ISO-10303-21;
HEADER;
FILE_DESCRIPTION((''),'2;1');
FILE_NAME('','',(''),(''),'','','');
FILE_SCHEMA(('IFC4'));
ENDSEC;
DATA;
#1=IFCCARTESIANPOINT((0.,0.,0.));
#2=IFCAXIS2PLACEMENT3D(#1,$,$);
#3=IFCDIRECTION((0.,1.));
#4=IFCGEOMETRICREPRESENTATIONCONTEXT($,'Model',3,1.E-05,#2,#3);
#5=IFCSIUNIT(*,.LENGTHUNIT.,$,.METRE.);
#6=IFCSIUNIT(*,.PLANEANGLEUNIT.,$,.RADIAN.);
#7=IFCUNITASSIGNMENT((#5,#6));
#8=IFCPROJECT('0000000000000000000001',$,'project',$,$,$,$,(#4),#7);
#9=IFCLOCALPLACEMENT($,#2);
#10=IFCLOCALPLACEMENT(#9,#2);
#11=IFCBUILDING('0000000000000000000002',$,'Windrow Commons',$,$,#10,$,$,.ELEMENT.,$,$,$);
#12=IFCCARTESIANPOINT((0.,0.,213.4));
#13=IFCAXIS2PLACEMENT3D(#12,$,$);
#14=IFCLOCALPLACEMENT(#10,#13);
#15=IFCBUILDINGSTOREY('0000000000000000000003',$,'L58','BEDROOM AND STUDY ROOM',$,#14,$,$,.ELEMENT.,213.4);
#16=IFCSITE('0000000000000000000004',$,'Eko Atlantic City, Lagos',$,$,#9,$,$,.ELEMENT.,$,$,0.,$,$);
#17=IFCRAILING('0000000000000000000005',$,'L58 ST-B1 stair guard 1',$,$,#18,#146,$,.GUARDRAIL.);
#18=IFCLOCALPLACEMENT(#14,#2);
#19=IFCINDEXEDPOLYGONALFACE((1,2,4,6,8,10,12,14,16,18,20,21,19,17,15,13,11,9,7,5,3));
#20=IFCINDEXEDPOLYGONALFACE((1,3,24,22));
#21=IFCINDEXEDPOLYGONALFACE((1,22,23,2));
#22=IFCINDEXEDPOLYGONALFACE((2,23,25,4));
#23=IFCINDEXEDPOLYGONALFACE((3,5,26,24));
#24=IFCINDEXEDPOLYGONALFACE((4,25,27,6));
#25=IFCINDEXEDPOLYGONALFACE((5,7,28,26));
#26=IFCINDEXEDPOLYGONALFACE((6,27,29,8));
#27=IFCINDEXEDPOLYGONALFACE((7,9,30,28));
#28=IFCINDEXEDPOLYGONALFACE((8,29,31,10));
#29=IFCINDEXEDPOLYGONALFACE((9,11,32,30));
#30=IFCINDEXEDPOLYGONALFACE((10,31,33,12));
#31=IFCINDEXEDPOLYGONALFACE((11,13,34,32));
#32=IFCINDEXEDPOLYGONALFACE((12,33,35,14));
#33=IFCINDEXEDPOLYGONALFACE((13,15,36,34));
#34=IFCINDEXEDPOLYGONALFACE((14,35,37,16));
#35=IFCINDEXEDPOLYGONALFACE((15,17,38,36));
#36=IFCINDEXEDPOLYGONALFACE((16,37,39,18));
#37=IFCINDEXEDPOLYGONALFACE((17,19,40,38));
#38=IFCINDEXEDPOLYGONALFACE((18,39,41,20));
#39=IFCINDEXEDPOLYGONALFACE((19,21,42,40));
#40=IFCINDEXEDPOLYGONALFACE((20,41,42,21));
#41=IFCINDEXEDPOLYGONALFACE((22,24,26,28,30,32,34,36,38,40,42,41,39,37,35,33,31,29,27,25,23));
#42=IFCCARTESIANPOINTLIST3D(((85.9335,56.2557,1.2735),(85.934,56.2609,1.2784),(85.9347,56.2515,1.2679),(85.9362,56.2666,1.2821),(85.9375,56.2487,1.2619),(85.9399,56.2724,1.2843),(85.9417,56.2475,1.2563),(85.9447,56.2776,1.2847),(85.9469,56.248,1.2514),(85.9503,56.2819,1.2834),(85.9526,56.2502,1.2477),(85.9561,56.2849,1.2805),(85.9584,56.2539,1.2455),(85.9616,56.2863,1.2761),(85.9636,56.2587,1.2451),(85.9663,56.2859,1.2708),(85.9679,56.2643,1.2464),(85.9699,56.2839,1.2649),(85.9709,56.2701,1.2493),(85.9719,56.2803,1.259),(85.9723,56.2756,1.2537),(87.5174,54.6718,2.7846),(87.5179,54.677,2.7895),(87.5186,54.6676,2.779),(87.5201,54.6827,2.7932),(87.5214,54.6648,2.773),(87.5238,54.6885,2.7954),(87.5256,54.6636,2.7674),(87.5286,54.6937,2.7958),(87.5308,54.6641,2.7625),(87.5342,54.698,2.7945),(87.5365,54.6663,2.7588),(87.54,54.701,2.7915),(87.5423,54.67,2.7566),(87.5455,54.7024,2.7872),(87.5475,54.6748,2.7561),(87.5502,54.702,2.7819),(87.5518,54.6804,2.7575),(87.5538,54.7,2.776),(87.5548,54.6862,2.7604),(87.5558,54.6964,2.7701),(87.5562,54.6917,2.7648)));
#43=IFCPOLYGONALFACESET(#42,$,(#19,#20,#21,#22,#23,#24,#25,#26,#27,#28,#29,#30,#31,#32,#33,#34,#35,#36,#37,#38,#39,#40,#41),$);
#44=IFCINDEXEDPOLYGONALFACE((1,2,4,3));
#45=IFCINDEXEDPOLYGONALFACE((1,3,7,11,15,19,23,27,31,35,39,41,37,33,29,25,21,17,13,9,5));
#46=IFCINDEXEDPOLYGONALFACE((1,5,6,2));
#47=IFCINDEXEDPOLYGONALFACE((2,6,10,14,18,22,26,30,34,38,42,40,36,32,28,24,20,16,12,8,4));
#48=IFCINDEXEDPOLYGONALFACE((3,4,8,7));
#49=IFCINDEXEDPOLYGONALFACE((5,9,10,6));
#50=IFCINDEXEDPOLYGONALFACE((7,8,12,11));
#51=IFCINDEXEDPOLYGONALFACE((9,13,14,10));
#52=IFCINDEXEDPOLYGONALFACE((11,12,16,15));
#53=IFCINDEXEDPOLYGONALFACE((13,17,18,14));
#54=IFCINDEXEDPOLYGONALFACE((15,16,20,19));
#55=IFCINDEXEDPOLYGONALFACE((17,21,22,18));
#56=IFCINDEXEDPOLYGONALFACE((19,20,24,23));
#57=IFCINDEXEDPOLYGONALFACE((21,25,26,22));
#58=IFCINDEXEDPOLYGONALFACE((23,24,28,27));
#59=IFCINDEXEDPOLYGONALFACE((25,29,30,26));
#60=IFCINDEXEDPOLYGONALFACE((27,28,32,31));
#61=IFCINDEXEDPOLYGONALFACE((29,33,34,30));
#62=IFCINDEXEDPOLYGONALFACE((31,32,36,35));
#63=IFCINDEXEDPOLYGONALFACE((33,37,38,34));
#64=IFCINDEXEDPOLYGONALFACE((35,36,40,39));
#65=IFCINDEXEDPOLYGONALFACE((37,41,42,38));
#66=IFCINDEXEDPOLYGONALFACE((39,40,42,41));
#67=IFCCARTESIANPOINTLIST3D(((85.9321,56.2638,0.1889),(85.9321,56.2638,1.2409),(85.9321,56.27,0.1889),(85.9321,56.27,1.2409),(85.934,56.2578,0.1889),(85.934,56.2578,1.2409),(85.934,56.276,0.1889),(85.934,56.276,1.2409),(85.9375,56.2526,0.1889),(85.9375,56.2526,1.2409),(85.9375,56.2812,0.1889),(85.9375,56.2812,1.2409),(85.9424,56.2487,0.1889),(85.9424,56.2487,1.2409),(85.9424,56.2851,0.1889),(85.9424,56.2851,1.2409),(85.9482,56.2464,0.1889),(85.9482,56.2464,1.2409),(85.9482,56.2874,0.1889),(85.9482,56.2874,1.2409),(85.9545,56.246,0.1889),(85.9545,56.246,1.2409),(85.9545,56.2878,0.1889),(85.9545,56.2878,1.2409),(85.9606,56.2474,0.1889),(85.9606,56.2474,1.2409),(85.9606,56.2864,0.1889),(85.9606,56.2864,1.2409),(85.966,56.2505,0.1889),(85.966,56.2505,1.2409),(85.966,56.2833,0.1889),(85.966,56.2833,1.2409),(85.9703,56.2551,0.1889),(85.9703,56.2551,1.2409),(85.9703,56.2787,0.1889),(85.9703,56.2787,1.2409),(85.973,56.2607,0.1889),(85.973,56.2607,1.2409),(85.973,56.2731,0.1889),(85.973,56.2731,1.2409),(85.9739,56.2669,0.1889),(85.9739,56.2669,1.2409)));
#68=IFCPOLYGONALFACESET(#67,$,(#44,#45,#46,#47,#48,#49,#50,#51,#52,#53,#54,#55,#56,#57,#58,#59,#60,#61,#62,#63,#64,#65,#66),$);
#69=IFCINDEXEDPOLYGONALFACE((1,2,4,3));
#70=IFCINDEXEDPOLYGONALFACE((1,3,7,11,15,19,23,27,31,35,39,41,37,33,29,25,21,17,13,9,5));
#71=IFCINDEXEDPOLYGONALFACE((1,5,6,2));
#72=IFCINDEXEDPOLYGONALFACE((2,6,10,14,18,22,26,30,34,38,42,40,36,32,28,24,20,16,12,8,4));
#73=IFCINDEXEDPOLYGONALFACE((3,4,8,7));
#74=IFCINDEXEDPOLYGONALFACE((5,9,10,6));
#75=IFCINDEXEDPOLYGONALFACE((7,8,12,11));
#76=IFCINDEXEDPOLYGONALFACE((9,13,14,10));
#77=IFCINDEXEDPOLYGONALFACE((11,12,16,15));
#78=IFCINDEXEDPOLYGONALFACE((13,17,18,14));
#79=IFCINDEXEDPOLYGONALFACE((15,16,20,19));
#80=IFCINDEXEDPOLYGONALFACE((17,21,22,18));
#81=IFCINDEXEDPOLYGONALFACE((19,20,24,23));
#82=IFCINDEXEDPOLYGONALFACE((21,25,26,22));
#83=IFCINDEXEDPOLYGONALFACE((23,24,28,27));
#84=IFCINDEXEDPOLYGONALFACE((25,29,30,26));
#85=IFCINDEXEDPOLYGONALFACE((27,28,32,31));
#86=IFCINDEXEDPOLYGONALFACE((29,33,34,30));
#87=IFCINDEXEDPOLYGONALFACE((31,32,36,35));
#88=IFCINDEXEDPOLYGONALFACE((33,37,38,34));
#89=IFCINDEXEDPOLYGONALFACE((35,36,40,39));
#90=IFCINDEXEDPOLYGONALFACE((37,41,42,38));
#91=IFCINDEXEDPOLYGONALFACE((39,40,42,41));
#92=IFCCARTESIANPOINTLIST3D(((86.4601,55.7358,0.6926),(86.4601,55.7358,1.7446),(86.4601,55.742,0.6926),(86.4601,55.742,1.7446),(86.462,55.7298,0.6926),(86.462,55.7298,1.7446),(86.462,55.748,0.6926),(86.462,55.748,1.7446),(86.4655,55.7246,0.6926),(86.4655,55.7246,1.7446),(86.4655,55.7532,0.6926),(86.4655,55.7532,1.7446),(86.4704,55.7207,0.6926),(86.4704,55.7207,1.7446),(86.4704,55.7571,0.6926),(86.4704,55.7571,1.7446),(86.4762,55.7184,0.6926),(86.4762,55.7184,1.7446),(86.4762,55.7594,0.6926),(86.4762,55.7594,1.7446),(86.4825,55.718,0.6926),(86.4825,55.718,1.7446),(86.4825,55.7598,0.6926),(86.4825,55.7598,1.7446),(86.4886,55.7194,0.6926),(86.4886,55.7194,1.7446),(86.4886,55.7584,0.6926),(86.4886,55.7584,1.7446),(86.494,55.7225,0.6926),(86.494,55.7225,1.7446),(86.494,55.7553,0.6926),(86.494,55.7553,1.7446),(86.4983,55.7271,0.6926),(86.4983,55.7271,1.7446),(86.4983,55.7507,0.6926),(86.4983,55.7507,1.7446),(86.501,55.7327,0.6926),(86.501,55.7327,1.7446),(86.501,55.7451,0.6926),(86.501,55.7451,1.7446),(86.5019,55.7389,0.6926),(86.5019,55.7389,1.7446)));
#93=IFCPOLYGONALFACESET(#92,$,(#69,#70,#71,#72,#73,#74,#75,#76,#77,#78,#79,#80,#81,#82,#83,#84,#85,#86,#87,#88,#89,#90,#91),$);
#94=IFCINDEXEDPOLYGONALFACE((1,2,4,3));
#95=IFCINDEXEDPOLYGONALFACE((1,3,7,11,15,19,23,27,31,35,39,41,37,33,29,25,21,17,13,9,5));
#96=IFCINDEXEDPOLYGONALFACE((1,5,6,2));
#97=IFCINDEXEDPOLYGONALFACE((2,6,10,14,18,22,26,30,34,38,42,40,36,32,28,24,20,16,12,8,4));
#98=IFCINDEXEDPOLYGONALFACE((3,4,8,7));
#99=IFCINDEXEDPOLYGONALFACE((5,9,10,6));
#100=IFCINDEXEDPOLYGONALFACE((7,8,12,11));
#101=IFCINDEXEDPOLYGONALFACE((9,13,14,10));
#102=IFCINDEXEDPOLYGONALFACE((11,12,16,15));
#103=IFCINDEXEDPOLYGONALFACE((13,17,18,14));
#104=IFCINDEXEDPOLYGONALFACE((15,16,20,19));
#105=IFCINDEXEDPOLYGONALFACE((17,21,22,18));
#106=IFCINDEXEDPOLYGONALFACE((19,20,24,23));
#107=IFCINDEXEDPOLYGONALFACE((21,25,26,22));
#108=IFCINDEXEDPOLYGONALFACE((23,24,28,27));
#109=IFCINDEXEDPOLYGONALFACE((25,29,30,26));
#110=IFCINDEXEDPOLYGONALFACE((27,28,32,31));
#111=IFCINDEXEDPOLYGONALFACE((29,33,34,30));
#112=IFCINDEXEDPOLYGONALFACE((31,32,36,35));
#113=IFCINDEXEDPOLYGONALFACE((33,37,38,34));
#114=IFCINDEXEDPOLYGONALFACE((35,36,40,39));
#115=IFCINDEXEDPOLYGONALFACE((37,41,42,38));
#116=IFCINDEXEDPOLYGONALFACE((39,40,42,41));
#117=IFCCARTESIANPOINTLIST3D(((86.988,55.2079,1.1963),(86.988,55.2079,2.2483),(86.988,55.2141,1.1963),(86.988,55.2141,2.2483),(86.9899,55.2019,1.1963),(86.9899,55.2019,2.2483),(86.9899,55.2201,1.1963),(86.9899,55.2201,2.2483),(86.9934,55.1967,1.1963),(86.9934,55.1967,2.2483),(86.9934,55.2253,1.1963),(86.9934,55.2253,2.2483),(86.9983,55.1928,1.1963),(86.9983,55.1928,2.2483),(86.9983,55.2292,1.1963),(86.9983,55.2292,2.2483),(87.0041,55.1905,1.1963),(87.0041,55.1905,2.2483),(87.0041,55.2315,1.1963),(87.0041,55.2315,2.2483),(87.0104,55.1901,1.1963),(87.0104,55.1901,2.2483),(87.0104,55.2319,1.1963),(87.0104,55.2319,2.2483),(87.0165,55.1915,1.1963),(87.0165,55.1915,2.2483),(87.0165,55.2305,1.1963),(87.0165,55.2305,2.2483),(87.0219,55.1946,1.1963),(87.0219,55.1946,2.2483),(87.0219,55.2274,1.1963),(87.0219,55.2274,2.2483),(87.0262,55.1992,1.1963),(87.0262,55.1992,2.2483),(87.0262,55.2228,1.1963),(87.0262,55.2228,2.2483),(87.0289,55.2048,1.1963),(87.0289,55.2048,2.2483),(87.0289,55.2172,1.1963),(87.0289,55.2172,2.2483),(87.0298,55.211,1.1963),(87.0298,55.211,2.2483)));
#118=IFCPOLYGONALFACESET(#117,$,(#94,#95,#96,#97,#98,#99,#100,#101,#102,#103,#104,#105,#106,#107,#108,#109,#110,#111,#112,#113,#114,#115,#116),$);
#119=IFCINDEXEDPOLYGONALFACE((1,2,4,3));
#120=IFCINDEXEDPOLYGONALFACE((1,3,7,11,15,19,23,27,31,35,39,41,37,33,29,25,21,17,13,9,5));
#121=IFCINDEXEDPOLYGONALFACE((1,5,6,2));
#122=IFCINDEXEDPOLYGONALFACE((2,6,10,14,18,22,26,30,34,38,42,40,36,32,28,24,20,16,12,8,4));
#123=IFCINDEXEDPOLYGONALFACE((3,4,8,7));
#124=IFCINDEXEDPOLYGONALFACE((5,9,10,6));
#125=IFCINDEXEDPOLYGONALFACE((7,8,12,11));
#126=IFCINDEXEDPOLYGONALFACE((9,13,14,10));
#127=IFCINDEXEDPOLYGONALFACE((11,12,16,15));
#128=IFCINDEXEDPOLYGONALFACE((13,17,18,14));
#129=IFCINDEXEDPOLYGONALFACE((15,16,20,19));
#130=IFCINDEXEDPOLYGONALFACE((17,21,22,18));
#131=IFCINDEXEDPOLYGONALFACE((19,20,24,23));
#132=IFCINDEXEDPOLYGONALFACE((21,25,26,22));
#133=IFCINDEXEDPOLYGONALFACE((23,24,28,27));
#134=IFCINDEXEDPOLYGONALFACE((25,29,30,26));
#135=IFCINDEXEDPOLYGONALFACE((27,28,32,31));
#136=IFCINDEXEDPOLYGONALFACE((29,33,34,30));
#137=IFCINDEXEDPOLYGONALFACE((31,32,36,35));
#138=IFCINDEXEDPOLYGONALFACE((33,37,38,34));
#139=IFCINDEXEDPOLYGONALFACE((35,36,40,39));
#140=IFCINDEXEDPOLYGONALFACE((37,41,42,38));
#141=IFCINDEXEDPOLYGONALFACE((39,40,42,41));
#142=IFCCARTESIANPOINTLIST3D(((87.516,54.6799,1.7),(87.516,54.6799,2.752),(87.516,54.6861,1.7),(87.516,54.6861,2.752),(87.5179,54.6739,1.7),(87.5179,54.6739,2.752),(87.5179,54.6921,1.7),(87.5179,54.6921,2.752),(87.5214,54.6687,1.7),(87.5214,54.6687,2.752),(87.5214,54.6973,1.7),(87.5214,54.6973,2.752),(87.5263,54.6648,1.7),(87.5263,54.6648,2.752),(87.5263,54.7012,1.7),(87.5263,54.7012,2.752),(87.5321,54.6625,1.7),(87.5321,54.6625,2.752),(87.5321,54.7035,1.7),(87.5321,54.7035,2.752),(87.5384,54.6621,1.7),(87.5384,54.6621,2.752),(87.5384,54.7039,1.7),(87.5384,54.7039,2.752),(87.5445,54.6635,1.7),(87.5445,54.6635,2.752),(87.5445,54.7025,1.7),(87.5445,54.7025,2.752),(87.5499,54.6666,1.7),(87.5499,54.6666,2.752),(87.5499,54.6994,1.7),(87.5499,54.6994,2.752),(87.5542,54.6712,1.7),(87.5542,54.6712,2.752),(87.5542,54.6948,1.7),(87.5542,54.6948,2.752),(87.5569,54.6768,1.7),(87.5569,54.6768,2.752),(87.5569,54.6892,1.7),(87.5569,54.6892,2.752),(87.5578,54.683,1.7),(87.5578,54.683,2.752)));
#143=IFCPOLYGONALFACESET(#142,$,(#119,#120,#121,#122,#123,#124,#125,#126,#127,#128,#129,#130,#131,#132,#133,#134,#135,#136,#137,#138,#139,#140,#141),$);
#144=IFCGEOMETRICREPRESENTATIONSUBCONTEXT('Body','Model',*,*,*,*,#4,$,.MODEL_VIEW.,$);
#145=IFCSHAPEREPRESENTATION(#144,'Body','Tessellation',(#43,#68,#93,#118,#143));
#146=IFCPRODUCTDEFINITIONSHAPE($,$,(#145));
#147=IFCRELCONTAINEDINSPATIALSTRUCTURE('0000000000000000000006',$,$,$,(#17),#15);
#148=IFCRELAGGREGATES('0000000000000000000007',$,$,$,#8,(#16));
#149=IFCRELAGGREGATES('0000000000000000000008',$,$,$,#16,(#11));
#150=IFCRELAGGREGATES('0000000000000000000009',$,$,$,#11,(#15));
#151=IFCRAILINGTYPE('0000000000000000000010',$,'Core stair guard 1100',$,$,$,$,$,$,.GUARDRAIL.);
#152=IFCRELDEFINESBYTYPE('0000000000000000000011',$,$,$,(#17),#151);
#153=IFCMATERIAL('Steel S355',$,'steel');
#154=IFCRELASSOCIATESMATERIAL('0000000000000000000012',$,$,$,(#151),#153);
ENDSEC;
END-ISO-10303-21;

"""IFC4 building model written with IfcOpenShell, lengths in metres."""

from ifc_helpers import new_model, si_unit, direction, frame, origin, origin_2d, place, context, subcontext, project, spatial, circle, extrude, material, type_object, element, save


model = new_model("IFC4")

# Units and contexts
model_context = context("Model", 3, precision=1e-05, world=origin(), true_north=direction((0.0, 1.0)))
body_context = subcontext(model_context, "Body", "Model", "MODEL_VIEW")
ifc_project = project(units=[si_unit("LENGTHUNIT", "METRE"), si_unit("PLANEANGLEUNIT", "RADIAN")], contexts=[model_context])

# Site, building, storey
site_placement = place(None, origin())
site = spatial("IfcSite", under=ifc_project, at=site_placement, Name="Eko Atlantic City, Lagos", CompositionType="ELEMENT", RefElevation=0.0)
building_placement = place(site_placement, origin())
building = spatial("IfcBuilding", under=site, at=building_placement, Name="Windrow Commons", CompositionType="ELEMENT")
storey_placement = place(building_placement, frame((0.0, 0.0, 213.4)))
storey = spatial("IfcBuildingStorey", under=building, at=storey_placement, Name="L58", Description="BEDROOM AND STUDY ROOM", CompositionType="ELEMENT", Elevation=213.4)

# Railing
ifc_material_1 = material(Name="Steel S355", Category="steel")
railing_type_1 = type_object("IfcRailingType", Name="Core stair guard 1100", PredefinedType="GUARDRAIL", material=ifc_material_1)
railing_1_placement = place(storey_placement, frame((85.9529, 56.2669, 0.1889)))
element("IfcRailing", 1, at=railing_1_placement, inside=storey, type_object=railing_type_1, Name="L58 ST-B1 stair guard 1", PredefinedType="GUARDRAIL", context=body_context, shape_type="SweptSolid", body=[
    extrude(circle(Radius=0.024, at=origin_2d()), frame((0.0, 0.0, 1.076), z_axis=(0.586191, -0.586191, 0.559249), x_axis=(0.707107, 0.707107, 0.0)), (0.0, 0.0, 1.0), 2.702),
    extrude(circle(Radius=0.021, at=origin_2d()), origin(), (0.0, 0.0, 1.0), 1.052),
    extrude(circle(Radius=0.021, at=origin_2d()), frame((0.528, -0.528, 0.5037)), (0.0, 0.0, 1.0), 1.052),
    extrude(circle(Radius=0.021, at=origin_2d()), frame((1.0559, -1.0559, 1.0074)), (0.0, 0.0, 1.0), 1.052),
    extrude(circle(Radius=0.021, at=origin_2d()), frame((1.5839, -1.5839, 1.5111)), (0.0, 0.0, 1.0), 1.052),
])

save(model, "model.ifc")
